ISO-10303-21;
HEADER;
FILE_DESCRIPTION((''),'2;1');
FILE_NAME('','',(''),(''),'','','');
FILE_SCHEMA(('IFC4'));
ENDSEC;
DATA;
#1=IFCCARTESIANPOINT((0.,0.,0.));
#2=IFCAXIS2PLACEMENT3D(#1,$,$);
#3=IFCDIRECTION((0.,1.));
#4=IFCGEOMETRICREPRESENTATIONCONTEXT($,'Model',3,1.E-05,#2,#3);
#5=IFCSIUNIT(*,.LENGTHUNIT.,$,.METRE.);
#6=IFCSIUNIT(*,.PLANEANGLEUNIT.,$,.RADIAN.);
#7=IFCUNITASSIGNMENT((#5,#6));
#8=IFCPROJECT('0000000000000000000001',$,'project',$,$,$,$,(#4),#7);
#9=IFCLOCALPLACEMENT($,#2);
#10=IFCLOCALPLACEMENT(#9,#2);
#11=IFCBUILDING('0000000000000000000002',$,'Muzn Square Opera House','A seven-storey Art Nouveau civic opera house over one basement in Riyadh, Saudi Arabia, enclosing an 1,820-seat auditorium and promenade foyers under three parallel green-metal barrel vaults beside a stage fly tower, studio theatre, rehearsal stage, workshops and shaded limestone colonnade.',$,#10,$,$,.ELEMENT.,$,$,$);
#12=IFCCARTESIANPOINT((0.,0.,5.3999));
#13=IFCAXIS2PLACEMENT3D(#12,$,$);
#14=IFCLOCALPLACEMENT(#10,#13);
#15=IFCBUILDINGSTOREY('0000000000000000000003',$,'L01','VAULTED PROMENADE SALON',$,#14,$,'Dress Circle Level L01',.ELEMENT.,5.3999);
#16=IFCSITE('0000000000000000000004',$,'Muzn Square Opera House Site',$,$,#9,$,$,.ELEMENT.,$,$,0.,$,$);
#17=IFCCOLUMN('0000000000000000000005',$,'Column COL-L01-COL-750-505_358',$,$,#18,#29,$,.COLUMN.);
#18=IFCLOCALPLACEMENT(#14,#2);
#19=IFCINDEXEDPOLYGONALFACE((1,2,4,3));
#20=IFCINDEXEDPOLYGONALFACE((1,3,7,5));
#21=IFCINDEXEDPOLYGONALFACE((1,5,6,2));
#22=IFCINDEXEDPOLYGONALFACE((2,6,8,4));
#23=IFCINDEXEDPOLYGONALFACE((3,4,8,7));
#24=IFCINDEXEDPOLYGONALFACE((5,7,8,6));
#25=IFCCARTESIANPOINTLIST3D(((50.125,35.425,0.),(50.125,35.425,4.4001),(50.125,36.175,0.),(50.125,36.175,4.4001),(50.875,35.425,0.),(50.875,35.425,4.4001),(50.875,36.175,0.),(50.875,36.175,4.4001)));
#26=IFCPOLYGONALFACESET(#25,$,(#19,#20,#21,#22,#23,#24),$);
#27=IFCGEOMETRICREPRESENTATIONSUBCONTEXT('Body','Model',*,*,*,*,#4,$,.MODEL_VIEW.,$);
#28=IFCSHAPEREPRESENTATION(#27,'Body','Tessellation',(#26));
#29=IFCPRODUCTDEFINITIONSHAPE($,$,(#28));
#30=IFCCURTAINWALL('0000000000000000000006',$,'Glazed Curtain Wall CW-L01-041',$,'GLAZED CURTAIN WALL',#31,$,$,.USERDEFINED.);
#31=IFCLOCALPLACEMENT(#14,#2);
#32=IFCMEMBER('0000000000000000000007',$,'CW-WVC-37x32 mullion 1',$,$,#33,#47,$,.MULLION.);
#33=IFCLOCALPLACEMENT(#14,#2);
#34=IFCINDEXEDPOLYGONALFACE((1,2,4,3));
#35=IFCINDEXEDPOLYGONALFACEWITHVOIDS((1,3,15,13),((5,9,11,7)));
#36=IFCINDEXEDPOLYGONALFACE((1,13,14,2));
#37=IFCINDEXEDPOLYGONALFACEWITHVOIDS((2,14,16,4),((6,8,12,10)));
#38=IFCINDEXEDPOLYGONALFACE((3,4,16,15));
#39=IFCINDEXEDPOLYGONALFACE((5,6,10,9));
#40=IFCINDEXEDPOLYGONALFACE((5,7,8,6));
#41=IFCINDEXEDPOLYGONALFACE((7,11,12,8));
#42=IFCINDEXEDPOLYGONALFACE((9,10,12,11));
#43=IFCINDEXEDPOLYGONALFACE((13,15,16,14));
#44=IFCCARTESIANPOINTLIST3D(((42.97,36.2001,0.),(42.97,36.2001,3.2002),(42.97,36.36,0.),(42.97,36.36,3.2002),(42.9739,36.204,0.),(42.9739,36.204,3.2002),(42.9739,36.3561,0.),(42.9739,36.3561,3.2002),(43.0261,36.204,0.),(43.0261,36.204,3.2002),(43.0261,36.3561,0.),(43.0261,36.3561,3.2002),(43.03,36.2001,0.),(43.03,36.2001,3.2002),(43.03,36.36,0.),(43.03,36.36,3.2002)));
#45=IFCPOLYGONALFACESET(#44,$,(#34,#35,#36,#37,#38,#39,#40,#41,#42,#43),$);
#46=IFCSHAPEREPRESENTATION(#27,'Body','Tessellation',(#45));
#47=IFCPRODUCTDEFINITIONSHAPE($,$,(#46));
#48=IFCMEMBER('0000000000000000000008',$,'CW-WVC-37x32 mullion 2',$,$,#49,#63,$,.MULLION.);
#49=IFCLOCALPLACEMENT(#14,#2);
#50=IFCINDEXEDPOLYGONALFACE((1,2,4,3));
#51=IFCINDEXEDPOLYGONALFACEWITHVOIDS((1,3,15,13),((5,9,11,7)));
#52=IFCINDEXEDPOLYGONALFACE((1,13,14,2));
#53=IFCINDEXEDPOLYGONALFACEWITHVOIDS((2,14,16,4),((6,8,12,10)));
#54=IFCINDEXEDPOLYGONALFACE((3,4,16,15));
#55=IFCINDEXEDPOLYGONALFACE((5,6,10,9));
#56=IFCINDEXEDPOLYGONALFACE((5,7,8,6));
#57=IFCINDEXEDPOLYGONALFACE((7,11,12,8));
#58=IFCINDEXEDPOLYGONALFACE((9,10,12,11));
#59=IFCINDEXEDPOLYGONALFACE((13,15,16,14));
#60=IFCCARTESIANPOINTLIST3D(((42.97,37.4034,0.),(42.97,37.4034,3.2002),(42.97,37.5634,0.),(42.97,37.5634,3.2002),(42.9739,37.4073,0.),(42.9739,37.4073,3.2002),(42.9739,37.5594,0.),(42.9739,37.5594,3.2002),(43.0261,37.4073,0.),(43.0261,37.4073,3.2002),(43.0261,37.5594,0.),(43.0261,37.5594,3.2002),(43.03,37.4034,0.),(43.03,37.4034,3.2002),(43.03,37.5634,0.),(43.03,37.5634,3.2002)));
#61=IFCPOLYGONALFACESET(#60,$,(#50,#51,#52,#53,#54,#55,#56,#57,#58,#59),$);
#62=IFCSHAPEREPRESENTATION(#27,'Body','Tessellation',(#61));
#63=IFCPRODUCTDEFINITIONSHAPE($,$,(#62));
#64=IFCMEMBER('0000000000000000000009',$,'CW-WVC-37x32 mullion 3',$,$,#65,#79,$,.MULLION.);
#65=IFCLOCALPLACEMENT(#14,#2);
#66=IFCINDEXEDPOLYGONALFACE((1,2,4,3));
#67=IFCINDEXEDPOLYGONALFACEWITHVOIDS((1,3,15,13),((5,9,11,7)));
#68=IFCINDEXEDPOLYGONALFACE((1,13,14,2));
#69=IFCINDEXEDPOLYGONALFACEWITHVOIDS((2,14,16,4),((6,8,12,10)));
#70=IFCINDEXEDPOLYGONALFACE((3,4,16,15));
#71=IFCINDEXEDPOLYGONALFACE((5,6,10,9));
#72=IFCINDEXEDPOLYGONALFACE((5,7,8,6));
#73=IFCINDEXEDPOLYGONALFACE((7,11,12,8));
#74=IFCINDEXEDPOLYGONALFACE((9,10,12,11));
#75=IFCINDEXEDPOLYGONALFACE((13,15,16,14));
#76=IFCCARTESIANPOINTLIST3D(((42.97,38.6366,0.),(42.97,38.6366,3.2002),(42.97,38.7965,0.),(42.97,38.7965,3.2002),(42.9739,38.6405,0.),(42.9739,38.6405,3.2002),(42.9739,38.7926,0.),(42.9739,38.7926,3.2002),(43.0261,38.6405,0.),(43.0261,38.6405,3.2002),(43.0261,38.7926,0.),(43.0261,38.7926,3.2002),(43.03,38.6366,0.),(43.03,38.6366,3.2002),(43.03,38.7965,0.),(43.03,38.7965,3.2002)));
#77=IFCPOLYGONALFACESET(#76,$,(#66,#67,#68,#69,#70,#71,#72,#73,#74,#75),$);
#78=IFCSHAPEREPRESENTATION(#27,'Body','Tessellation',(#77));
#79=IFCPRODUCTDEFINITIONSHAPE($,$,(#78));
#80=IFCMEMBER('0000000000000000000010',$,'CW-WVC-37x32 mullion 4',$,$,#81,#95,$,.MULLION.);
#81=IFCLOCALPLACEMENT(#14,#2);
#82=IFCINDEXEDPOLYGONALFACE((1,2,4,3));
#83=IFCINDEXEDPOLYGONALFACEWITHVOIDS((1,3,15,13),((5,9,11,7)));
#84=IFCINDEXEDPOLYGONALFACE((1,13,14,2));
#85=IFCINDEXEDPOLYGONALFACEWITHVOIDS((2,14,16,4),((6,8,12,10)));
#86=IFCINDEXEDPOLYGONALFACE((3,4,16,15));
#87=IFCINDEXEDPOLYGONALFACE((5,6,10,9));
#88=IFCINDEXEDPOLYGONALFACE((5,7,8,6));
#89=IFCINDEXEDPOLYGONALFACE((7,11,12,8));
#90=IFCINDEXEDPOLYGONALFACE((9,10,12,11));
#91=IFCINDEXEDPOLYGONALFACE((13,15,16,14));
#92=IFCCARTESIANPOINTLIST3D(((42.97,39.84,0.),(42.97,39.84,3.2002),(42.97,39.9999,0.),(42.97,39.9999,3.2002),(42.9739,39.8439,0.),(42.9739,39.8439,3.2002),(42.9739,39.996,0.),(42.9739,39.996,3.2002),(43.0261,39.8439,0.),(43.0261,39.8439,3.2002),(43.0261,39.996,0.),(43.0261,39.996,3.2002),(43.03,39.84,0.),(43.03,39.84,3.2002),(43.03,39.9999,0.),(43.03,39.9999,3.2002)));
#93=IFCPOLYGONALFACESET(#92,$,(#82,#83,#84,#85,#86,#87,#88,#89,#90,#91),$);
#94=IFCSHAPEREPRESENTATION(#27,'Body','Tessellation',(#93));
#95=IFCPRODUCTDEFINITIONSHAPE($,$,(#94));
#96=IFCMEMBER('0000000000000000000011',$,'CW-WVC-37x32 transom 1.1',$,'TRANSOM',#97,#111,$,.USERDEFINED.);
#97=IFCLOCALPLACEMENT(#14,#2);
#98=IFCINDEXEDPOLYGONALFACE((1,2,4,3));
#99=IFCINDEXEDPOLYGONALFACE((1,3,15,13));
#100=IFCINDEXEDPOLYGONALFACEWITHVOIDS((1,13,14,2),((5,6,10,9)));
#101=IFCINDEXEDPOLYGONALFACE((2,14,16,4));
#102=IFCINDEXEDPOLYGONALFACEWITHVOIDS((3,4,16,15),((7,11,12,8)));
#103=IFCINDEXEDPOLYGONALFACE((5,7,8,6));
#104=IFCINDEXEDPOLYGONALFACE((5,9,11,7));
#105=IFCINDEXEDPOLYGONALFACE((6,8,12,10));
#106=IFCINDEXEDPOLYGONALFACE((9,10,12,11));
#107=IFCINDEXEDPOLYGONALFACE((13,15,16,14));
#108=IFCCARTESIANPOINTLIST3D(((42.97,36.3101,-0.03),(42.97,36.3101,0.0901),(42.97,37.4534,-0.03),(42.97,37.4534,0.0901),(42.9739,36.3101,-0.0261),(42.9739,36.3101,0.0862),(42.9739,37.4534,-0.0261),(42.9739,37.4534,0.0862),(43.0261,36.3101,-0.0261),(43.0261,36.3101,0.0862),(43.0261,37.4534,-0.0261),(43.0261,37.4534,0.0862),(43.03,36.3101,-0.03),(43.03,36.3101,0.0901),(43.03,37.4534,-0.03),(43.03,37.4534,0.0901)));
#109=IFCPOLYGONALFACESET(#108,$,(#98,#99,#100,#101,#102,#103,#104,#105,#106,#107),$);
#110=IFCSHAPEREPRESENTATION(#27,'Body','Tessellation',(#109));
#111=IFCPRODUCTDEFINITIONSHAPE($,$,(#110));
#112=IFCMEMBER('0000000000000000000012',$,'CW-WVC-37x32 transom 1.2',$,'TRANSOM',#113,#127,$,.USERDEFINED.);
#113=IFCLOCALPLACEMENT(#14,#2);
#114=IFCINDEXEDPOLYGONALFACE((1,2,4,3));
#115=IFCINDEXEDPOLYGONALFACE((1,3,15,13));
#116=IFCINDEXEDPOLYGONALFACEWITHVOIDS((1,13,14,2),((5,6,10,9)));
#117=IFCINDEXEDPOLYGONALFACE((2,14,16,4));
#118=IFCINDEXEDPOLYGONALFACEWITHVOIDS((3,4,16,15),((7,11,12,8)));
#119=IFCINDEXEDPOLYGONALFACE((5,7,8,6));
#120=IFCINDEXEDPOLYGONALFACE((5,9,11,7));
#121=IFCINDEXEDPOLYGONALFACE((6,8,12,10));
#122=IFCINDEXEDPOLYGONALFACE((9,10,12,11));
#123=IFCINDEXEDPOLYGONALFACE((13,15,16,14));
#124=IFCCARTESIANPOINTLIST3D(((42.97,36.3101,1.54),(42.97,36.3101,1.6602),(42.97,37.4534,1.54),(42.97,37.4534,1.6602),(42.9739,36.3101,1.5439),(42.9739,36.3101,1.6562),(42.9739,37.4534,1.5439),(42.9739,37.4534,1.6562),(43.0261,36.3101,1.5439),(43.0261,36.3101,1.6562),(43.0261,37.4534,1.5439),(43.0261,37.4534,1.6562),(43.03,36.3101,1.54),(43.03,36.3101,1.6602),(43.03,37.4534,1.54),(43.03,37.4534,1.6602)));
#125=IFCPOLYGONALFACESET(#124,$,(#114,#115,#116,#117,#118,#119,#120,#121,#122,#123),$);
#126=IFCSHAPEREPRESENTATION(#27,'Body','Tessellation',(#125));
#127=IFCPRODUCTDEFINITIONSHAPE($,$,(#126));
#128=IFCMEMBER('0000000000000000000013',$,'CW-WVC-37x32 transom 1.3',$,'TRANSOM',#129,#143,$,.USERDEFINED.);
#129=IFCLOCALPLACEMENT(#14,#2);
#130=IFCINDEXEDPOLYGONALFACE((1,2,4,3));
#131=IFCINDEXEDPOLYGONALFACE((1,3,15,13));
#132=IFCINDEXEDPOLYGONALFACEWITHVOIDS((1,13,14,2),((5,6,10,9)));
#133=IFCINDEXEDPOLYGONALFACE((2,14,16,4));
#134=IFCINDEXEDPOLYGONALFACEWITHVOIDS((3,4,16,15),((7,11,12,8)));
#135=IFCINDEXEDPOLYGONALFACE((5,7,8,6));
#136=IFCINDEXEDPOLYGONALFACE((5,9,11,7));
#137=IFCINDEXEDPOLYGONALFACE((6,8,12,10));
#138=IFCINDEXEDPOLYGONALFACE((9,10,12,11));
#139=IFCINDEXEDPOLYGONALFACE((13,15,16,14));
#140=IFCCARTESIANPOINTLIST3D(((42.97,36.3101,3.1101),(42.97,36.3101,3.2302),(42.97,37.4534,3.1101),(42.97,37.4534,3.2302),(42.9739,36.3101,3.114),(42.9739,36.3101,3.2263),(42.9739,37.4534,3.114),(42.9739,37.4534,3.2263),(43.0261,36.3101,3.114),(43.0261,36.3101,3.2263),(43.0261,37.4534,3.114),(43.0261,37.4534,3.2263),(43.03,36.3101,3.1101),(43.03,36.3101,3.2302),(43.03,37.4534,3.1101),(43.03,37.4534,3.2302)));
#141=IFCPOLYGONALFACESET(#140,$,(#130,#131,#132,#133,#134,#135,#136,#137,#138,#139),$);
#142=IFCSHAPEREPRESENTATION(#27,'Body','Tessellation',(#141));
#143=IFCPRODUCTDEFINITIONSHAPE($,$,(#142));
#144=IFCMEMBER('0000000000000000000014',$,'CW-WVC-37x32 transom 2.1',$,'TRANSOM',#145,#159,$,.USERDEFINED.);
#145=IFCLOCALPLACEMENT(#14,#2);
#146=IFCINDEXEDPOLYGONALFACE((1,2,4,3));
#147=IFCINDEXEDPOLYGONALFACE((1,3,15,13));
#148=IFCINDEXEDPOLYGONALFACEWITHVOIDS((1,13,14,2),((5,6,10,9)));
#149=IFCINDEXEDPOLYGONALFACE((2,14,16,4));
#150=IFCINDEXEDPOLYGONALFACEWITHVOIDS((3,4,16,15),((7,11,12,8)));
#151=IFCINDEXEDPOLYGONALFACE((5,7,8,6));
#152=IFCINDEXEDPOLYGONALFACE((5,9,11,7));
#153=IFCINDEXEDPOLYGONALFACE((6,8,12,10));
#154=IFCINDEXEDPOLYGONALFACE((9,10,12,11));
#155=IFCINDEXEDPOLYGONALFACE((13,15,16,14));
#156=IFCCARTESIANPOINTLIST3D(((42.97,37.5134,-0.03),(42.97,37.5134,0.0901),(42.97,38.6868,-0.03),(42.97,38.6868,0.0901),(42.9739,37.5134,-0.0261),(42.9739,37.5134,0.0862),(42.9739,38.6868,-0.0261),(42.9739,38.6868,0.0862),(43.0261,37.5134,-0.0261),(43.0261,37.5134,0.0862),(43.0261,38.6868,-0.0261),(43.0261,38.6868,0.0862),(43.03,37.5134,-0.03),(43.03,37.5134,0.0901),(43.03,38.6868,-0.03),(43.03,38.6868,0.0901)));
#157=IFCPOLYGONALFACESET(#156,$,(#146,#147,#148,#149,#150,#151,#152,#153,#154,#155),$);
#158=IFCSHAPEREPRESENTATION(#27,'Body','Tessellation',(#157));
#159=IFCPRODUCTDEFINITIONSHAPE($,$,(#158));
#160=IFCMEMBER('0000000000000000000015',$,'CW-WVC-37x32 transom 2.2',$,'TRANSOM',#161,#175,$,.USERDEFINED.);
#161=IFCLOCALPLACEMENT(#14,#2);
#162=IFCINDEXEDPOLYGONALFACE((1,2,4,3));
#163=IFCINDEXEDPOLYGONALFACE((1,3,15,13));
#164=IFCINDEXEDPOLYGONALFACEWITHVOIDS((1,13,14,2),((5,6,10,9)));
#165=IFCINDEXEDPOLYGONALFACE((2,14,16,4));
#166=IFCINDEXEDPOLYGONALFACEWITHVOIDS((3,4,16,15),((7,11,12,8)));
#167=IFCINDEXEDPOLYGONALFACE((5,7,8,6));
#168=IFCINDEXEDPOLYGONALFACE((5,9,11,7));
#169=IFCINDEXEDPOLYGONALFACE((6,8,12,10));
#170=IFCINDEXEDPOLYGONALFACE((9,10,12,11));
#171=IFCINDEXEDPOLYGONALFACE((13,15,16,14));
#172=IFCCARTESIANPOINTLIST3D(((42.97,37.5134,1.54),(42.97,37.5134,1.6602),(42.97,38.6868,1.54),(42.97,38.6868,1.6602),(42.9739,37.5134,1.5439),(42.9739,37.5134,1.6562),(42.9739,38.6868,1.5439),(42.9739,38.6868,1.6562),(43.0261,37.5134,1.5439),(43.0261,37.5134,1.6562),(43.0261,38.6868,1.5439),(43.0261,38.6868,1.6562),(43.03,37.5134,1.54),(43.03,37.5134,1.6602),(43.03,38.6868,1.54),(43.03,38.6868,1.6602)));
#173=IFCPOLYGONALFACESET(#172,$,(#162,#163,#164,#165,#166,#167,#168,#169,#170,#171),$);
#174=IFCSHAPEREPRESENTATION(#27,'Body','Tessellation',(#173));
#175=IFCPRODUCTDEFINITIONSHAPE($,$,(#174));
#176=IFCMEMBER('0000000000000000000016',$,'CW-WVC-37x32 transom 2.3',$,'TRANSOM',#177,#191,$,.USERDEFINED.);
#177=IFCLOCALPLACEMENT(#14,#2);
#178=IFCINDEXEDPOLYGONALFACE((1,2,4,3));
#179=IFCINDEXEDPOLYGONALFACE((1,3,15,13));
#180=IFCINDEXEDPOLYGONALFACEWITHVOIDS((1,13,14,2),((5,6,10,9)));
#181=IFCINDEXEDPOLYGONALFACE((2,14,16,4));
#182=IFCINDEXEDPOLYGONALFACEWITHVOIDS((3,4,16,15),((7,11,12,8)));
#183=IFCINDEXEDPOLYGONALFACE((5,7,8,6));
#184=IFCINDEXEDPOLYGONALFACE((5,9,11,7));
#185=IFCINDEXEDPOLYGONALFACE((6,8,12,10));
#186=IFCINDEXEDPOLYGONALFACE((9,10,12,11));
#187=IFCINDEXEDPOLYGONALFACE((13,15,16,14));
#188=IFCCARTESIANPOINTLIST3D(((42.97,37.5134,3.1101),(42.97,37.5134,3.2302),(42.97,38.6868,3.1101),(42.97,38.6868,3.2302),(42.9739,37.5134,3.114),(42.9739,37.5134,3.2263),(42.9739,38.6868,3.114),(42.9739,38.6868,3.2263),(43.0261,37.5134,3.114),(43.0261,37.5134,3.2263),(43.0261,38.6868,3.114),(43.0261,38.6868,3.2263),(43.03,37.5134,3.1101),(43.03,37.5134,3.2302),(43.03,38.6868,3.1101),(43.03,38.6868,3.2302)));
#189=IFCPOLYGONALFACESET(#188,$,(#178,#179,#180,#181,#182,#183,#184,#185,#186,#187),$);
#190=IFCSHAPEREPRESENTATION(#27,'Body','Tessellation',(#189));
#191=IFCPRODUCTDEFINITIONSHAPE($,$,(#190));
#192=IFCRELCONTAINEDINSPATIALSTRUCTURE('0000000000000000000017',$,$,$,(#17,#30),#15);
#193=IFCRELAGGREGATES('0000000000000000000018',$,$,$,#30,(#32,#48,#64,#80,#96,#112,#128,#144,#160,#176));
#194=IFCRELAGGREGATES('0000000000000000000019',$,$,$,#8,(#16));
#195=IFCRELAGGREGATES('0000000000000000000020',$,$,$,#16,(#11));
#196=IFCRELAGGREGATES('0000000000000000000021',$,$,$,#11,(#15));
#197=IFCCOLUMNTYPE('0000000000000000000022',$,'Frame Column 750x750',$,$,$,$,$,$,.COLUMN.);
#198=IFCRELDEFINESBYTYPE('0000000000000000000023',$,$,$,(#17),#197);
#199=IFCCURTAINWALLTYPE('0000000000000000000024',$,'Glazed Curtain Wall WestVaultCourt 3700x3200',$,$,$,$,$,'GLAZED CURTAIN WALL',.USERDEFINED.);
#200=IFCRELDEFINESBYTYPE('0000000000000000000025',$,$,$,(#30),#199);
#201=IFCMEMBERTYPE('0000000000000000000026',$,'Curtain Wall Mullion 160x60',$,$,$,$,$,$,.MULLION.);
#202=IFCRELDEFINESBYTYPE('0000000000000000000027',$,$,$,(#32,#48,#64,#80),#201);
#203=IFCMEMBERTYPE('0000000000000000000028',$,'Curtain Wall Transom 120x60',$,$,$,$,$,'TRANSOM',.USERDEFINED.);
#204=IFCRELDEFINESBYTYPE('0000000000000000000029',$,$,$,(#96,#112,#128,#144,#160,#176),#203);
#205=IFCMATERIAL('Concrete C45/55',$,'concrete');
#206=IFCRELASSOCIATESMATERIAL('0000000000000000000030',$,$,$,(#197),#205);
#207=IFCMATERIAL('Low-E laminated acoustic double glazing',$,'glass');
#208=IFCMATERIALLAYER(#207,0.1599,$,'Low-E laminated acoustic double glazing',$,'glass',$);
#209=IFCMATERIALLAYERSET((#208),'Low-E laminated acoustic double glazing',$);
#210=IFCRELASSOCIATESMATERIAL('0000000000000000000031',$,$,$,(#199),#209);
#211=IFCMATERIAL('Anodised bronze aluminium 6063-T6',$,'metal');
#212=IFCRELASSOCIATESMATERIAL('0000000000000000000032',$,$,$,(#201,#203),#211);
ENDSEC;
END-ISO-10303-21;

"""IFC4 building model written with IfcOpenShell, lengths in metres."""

from ifc_helpers import new_model, si_unit, direction, frame, origin, origin_2d, place, context, subcontext, project, spatial, rectangle, hollow_rectangle, extrude, material, layer, layer_set, material_profile, profile_set, type_object, element, aggregate, save


model = new_model("IFC4")

# Units and contexts
model_context = context("Model", 3, precision=1e-05, world=origin(), true_north=direction((0.0, 1.0)))
body_context = subcontext(model_context, "Body", "Model", "MODEL_VIEW")
ifc_project = project(units=[si_unit("LENGTHUNIT", "METRE"), si_unit("PLANEANGLEUNIT", "RADIAN")], contexts=[model_context])

# Site, building, storey
site_placement = place(None, origin())
site = spatial("IfcSite", under=ifc_project, at=site_placement, Name="Muzn Square Opera House Site", CompositionType="ELEMENT", RefElevation=0.0)
building_placement = place(site_placement, origin())
building = spatial("IfcBuilding", under=site, at=building_placement, Name="Muzn Square Opera House", Description="A seven-storey Art Nouveau civic opera house over one basement in Riyadh, Saudi Arabia, enclosing an 1,820-seat auditorium and promenade foyers under three parallel green-metal barrel vaults beside a stage fly tower, studio theatre, rehearsal stage, workshops and shaded limestone colonnade.", CompositionType="ELEMENT")
storey_placement = place(building_placement, frame((0.0, 0.0, 5.3999)))
storey = spatial("IfcBuildingStorey", under=building, at=storey_placement, Name="L01", Description="VAULTED PROMENADE SALON", LongName="Dress Circle Level L01", CompositionType="ELEMENT", Elevation=5.3999)

# Column
ifc_material_1 = material(Name="Concrete C45/55", Category="concrete")
ifc_material_profile_1 = material_profile(ifc_material_1, rectangle(XDim=0.75, YDim=0.75, at=origin_2d()), Name="RC 750x750", Category="concrete")
ifc_profile_set_1 = profile_set([ifc_material_profile_1], Name="Concrete C45/55")
column_type = type_object("IfcColumnType", Name="Frame Column 750x750", PredefinedType="COLUMN", material=ifc_profile_set_1)
column_placement = place(storey_placement, frame((50.5, 35.8, 0.0), z_axis=(0.0, 0.0, 1.0), x_axis=(1.0, 0.0, 0.0)))
element("IfcColumn", 1, at=column_placement, inside=storey, type_object=column_type, Name="Column COL-L01-COL-750-505_358", PredefinedType="COLUMN", context=body_context, shape_type="SweptSolid", body=[
    extrude(rectangle(XDim=0.75, YDim=0.75, at=origin_2d()), origin(), (0.0, 0.0, 1.0), 4.4001),
])

# Curtain wall, members
ifc_material_2 = material(Name="Low-E laminated acoustic double glazing", Category="glass")
ifc_layer_1 = layer(ifc_material_2, 0.1599, Name="Low-E laminated acoustic double glazing", Category="glass")
ifc_layer_set_1 = layer_set([ifc_layer_1], Name="Low-E laminated acoustic double glazing")
curtain_wall_type = type_object("IfcCurtainWallType", Name="Glazed Curtain Wall WestVaultCourt 3700x3200", ElementType="GLAZED CURTAIN WALL", PredefinedType="USERDEFINED", material=ifc_layer_set_1)
curtain_wall_placement = place(storey_placement, origin())
curtain_wall = element("IfcCurtainWall", 2, at=curtain_wall_placement, inside=storey, type_object=curtain_wall_type, Name="Glazed Curtain Wall CW-L01-041", ObjectType="GLAZED CURTAIN WALL", PredefinedType="USERDEFINED")
ifc_material_3 = material(Name="Anodised bronze aluminium 6063-T6", Category="metal")
ifc_material_profile_2 = material_profile(ifc_material_3, hollow_rectangle(XDim=0.0601, YDim=0.1599, WallThickness=0.0039, at=origin_2d()), Name="ALU 160x60x4", Category="metal")
ifc_profile_set_2 = profile_set([ifc_material_profile_2], Name="Anodised bronze aluminium 6063-T6")
member_type_1 = type_object("IfcMemberType", Name="Curtain Wall Mullion 160x60", PredefinedType="MULLION", material=ifc_profile_set_2)
member_1_placement = place(storey_placement, frame((43.0, 36.28, 0.0), z_axis=(0.0, 0.0, 1.0), x_axis=(-1.0, 0.0, 0.0)))
member_1 = element("IfcMember", 3, at=member_1_placement, type_object=member_type_1, Name="CW-WVC-37x32 mullion 1", PredefinedType="MULLION", context=body_context, shape_type="SweptSolid", body=[
    extrude(hollow_rectangle(XDim=0.0601, YDim=0.1599, WallThickness=0.0039, at=origin_2d()), origin(), (0.0, 0.0, 1.0), 3.2002),
])
member_2_placement = place(storey_placement, frame((43.0, 37.4834, 0.0), z_axis=(0.0, 0.0, 1.0), x_axis=(-1.0, 0.0, 0.0)))
member_2 = element("IfcMember", 4, at=member_2_placement, type_object=member_type_1, Name="CW-WVC-37x32 mullion 2", PredefinedType="MULLION", context=body_context, shape_type="SweptSolid", body=[
    extrude(hollow_rectangle(XDim=0.0601, YDim=0.1599, WallThickness=0.0039, at=origin_2d()), origin(), (0.0, 0.0, 1.0), 3.2002),
])
member_3_placement = place(storey_placement, frame((43.0, 38.7166, 0.0), z_axis=(0.0, 0.0, 1.0), x_axis=(-1.0, 0.0, 0.0)))
member_3 = element("IfcMember", 5, at=member_3_placement, type_object=member_type_1, Name="CW-WVC-37x32 mullion 3", PredefinedType="MULLION", context=body_context, shape_type="SweptSolid", body=[
    extrude(hollow_rectangle(XDim=0.0601, YDim=0.1599, WallThickness=0.0039, at=origin_2d()), origin(), (0.0, 0.0, 1.0), 3.2002),
])
member_4_placement = place(storey_placement, frame((43.0, 39.9199, 0.0), z_axis=(0.0, 0.0, 1.0), x_axis=(-1.0, 0.0, 0.0)))
member_4 = element("IfcMember", 6, at=member_4_placement, type_object=member_type_1, Name="CW-WVC-37x32 mullion 4", PredefinedType="MULLION", context=body_context, shape_type="SweptSolid", body=[
    extrude(hollow_rectangle(XDim=0.0601, YDim=0.1599, WallThickness=0.0039, at=origin_2d()), origin(), (0.0, 0.0, 1.0), 3.2002),
])
ifc_material_profile_3 = material_profile(ifc_material_3, hollow_rectangle(XDim=0.0601, YDim=0.1201, WallThickness=0.0039, at=origin_2d()), Name="ALU 120x60x4", Category="metal")
ifc_profile_set_3 = profile_set([ifc_material_profile_3], Name="Anodised bronze aluminium 6063-T6")
member_type_2 = type_object("IfcMemberType", Name="Curtain Wall Transom 120x60", ElementType="TRANSOM", PredefinedType="USERDEFINED", material=ifc_profile_set_3)
member_5_placement = place(storey_placement, frame((43.0, 36.3101, 0.03), z_axis=(0.0, 1.0, 0.0), x_axis=(-1.0, 0.0, 0.0)))
member_5 = element("IfcMember", 7, at=member_5_placement, type_object=member_type_2, Name="CW-WVC-37x32 transom 1.1", ObjectType="TRANSOM", PredefinedType="USERDEFINED", context=body_context, shape_type="SweptSolid", body=[
    extrude(hollow_rectangle(XDim=0.0601, YDim=0.1201, WallThickness=0.0039, at=origin_2d()), origin(), (0.0, 0.0, 1.0), 1.1433),
])
member_6_placement = place(storey_placement, frame((43.0, 36.3101, 1.6001), z_axis=(0.0, 1.0, 0.0), x_axis=(-1.0, 0.0, 0.0)))
member_6 = element("IfcMember", 8, at=member_6_placement, type_object=member_type_2, Name="CW-WVC-37x32 transom 1.2", ObjectType="TRANSOM", PredefinedType="USERDEFINED", context=body_context, shape_type="SweptSolid", body=[
    extrude(hollow_rectangle(XDim=0.0601, YDim=0.1201, WallThickness=0.0039, at=origin_2d()), origin(), (0.0, 0.0, 1.0), 1.1433),
])
member_7_placement = place(storey_placement, frame((43.0, 36.3101, 3.1702), z_axis=(0.0, 1.0, 0.0), x_axis=(-1.0, 0.0, 0.0)))
member_7 = element("IfcMember", 9, at=member_7_placement, type_object=member_type_2, Name="CW-WVC-37x32 transom 1.3", ObjectType="TRANSOM", PredefinedType="USERDEFINED", context=body_context, shape_type="SweptSolid", body=[
    extrude(hollow_rectangle(XDim=0.0601, YDim=0.1201, WallThickness=0.0039, at=origin_2d()), origin(), (0.0, 0.0, 1.0), 1.1433),
])
member_8_placement = place(storey_placement, frame((43.0, 37.5134, 0.03), z_axis=(0.0, 1.0, 0.0), x_axis=(-1.0, 0.0, 0.0)))
member_8 = element("IfcMember", 10, at=member_8_placement, type_object=member_type_2, Name="CW-WVC-37x32 transom 2.1", ObjectType="TRANSOM", PredefinedType="USERDEFINED", context=body_context, shape_type="SweptSolid", body=[
    extrude(hollow_rectangle(XDim=0.0601, YDim=0.1201, WallThickness=0.0039, at=origin_2d()), origin(), (0.0, 0.0, 1.0), 1.1733),
])
member_9_placement = place(storey_placement, frame((43.0, 37.5134, 1.6001), z_axis=(0.0, 1.0, 0.0), x_axis=(-1.0, 0.0, 0.0)))
member_9 = element("IfcMember", 11, at=member_9_placement, type_object=member_type_2, Name="CW-WVC-37x32 transom 2.2", ObjectType="TRANSOM", PredefinedType="USERDEFINED", context=body_context, shape_type="SweptSolid", body=[
    extrude(hollow_rectangle(XDim=0.0601, YDim=0.1201, WallThickness=0.0039, at=origin_2d()), origin(), (0.0, 0.0, 1.0), 1.1733),
])
member_10_placement = place(storey_placement, frame((43.0, 37.5134, 3.1702), z_axis=(0.0, 1.0, 0.0), x_axis=(-1.0, 0.0, 0.0)))
member_10 = element("IfcMember", 12, at=member_10_placement, type_object=member_type_2, Name="CW-WVC-37x32 transom 2.3", ObjectType="TRANSOM", PredefinedType="USERDEFINED", context=body_context, shape_type="SweptSolid", body=[
    extrude(hollow_rectangle(XDim=0.0601, YDim=0.1201, WallThickness=0.0039, at=origin_2d()), origin(), (0.0, 0.0, 1.0), 1.1733),
])

aggregate(curtain_wall, [member_1, member_2, member_3, member_4, member_5, member_6, member_7, member_8, member_9, member_10])

save(model, "model.ifc")
